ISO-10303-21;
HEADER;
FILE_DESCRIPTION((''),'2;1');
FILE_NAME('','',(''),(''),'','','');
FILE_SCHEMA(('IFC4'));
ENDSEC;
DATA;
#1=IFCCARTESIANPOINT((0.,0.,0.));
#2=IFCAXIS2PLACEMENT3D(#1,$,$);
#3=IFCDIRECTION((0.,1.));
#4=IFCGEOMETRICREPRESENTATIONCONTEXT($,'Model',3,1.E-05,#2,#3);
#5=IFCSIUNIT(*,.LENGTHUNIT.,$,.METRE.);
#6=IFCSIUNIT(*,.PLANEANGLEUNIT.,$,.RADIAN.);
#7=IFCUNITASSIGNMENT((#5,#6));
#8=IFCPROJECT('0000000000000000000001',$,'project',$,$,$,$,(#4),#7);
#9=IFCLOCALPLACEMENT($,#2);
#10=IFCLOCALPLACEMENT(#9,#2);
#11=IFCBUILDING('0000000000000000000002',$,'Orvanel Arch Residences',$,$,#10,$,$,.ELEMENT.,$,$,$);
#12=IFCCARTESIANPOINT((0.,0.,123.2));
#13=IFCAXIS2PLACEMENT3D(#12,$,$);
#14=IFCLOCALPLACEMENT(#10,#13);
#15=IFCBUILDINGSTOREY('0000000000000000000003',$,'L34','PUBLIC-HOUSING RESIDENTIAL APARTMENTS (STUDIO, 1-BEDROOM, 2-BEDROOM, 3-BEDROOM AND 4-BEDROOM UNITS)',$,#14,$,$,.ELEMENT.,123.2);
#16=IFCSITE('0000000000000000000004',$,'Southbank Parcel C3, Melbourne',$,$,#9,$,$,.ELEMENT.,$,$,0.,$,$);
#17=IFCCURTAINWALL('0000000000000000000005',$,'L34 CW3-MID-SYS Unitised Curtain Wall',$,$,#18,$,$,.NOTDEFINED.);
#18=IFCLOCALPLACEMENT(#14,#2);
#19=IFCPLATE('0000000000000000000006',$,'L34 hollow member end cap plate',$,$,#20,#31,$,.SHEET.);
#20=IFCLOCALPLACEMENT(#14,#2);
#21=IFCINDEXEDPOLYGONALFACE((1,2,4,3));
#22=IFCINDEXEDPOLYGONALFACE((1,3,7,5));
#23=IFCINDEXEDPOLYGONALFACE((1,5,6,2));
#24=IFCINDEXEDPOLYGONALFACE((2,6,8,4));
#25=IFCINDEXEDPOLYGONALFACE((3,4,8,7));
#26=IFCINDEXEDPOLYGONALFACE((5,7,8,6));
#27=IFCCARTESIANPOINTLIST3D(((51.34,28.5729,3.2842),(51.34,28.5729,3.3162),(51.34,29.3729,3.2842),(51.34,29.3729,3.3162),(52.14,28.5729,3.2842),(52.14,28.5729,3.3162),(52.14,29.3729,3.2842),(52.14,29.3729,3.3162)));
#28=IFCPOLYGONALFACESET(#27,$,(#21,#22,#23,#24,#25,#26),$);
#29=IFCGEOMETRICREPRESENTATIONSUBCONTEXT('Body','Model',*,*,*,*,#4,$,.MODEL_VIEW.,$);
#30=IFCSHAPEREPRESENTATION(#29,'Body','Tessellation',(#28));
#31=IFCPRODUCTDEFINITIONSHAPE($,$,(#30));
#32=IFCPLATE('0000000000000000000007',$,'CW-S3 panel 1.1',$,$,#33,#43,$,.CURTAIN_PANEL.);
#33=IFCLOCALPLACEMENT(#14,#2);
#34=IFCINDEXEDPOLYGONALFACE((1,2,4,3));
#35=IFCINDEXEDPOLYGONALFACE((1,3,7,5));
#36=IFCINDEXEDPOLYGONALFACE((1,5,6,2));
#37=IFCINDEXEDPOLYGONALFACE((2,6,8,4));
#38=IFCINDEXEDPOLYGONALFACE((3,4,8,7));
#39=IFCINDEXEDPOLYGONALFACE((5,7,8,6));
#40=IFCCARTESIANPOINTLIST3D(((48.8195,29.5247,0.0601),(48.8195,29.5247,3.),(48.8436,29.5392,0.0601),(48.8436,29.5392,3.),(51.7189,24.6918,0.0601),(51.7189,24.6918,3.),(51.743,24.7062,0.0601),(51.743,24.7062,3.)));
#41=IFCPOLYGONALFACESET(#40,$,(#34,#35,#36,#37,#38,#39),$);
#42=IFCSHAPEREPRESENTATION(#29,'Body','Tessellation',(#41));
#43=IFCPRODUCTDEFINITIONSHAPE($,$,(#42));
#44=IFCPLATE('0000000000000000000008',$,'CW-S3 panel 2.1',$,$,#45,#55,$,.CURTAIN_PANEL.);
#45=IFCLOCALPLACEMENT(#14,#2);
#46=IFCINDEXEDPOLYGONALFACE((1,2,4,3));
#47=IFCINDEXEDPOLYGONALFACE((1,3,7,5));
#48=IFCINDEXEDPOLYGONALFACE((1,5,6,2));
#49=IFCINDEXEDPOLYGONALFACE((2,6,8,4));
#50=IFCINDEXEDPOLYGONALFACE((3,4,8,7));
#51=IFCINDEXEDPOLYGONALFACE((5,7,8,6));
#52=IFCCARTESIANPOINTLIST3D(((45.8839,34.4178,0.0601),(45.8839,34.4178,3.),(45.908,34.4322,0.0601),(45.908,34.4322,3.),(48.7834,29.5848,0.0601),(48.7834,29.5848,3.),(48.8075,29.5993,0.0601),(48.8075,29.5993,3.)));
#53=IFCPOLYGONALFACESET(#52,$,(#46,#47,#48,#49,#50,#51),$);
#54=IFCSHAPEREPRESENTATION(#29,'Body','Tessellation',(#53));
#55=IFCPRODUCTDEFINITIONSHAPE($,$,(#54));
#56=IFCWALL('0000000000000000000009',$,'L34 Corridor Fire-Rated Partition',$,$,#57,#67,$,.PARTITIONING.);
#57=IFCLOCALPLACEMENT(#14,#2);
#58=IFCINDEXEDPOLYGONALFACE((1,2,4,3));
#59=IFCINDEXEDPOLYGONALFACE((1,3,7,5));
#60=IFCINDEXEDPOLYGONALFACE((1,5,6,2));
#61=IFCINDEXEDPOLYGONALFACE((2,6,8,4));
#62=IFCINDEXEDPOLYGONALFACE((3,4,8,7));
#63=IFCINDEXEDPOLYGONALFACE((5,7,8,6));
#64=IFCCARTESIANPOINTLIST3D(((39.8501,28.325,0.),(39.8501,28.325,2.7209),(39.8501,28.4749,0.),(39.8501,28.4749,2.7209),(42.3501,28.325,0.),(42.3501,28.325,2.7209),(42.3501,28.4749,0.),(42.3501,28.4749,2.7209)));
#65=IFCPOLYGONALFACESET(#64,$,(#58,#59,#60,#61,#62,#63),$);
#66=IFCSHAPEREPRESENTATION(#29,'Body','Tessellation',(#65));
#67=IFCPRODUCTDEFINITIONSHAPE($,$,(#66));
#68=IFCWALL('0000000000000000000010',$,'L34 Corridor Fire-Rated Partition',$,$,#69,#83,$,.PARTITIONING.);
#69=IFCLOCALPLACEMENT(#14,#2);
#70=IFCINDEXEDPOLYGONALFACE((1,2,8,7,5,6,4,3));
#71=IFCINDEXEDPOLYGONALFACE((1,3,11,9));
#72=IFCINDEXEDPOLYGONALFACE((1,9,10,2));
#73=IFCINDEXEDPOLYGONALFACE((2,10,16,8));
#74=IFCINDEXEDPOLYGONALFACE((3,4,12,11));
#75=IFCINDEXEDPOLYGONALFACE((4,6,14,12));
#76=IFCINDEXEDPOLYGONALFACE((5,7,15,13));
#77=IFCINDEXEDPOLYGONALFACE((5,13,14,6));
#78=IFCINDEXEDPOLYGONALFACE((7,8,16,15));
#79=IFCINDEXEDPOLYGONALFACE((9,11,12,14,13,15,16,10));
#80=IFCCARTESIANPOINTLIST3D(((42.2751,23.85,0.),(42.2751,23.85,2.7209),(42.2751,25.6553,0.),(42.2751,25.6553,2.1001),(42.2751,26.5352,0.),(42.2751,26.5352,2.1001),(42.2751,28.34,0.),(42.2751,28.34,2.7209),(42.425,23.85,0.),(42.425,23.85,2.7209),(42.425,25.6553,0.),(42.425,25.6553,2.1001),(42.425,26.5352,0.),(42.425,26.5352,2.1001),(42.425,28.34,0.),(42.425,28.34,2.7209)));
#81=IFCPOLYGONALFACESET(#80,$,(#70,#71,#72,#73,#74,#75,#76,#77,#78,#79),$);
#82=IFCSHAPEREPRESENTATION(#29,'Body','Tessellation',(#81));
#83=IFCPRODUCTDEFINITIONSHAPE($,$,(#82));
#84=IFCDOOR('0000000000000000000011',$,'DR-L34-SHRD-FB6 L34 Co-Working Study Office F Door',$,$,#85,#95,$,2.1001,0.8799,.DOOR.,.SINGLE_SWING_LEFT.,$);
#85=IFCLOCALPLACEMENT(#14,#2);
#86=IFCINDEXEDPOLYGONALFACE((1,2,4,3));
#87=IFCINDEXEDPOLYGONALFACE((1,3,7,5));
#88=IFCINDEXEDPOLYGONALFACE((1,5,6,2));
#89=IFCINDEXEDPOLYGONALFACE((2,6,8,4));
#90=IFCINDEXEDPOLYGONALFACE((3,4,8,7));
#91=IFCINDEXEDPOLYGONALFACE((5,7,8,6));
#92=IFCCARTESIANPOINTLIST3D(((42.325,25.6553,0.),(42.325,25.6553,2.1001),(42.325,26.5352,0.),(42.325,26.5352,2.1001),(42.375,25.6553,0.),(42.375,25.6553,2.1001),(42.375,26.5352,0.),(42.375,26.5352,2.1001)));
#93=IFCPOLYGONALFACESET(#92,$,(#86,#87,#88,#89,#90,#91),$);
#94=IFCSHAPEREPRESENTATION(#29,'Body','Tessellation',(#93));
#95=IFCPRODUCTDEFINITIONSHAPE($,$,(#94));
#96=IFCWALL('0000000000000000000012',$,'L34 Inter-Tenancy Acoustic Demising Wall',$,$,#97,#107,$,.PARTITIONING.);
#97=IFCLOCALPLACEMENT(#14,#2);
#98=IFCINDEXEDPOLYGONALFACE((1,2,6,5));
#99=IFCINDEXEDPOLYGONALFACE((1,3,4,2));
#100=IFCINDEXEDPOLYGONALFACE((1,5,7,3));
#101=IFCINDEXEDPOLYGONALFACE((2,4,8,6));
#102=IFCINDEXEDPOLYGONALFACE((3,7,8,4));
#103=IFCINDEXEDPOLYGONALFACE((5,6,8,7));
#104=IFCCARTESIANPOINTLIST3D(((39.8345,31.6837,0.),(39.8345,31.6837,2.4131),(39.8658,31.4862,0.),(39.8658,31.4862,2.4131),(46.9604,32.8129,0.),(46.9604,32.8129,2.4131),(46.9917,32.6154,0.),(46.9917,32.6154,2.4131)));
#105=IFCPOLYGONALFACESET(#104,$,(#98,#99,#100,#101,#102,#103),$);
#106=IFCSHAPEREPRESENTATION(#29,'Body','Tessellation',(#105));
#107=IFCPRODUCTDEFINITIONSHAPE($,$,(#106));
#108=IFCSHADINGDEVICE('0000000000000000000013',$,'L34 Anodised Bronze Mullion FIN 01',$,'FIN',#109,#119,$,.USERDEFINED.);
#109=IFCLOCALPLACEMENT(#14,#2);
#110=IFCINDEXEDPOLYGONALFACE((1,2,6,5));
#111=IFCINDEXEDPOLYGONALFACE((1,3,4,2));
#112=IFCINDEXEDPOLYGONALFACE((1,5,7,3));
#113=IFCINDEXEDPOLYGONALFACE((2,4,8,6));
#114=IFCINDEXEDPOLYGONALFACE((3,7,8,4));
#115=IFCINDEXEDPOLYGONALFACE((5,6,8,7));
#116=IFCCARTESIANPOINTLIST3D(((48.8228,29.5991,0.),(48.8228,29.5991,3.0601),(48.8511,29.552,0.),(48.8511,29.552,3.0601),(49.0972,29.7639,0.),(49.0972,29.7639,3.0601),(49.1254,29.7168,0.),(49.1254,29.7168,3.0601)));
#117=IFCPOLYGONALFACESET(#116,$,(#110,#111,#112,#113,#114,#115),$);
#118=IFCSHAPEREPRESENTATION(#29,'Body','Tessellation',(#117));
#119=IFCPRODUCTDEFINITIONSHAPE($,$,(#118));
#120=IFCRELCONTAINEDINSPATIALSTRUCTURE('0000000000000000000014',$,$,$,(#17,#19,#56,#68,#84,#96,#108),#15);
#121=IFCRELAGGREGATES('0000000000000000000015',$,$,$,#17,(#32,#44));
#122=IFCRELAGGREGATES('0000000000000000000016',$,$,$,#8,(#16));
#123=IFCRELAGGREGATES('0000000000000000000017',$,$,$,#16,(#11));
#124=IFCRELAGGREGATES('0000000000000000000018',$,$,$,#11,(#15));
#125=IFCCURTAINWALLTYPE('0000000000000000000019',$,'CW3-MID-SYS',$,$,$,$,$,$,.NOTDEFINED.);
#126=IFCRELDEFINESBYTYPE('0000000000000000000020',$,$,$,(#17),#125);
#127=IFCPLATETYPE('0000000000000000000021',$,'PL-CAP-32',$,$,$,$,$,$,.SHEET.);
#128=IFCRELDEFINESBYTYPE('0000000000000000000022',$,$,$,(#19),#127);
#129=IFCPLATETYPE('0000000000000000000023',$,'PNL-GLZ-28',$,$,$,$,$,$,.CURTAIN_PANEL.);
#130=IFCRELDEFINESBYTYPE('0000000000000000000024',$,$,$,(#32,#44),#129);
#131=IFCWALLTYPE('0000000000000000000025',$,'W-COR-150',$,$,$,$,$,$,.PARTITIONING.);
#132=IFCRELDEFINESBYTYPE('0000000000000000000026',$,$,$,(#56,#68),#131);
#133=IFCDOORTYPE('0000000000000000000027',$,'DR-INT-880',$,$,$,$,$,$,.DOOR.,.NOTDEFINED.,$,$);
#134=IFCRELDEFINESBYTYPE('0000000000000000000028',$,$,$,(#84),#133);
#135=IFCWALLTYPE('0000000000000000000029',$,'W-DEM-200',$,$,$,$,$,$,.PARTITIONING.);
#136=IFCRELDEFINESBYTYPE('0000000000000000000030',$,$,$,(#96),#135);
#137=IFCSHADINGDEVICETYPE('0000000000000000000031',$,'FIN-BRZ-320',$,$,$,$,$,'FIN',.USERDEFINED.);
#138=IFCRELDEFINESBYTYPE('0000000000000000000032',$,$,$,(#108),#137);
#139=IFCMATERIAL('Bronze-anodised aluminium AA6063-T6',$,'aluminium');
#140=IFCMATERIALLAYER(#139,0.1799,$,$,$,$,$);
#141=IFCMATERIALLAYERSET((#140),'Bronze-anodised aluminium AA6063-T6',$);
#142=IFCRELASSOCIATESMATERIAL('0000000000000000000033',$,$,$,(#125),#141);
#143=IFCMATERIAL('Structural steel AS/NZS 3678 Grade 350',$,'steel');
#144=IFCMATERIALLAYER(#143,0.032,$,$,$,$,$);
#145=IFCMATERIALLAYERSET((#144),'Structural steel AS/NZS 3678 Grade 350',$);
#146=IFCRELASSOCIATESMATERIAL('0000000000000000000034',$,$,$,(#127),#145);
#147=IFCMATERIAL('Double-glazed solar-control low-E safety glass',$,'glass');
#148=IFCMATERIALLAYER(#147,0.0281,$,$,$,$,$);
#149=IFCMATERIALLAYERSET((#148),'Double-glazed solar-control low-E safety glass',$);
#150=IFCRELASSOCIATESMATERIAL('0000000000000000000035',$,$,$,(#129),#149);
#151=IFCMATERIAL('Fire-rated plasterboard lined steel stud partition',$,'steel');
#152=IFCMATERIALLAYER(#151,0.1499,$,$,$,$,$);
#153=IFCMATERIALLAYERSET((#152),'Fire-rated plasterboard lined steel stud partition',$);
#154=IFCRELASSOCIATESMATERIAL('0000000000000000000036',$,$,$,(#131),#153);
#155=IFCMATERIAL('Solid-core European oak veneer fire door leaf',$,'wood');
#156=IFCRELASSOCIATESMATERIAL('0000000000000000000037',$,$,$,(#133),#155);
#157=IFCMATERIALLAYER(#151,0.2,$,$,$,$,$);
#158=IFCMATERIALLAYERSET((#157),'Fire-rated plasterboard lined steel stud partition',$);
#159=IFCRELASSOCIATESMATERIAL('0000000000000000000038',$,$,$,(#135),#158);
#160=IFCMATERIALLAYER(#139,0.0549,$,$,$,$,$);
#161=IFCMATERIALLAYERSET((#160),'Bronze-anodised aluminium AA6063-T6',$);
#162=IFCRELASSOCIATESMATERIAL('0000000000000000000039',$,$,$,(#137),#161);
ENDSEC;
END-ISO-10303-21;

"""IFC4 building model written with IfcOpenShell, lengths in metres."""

from ifc_helpers import new_model, si_unit, direction, frame, frame_2d, origin, origin_2d, place, context, subcontext, project, spatial, rectangle, extrude, material, layer, layer_set, type_object, element, fill, aggregate, save


model = new_model("IFC4")

# Units and contexts
model_context = context("Model", 3, precision=1e-05, world=origin(), true_north=direction((0.0, 1.0)))
body_context = subcontext(model_context, "Body", "Model", "MODEL_VIEW")
ifc_project = project(units=[si_unit("LENGTHUNIT", "METRE"), si_unit("PLANEANGLEUNIT", "RADIAN")], contexts=[model_context])

# Site, building, storey
site_placement = place(None, origin())
site = spatial("IfcSite", under=ifc_project, at=site_placement, Name="Southbank Parcel C3, Melbourne", CompositionType="ELEMENT", RefElevation=0.0)
building_placement = place(site_placement, origin())
building = spatial("IfcBuilding", under=site, at=building_placement, Name="Orvanel Arch Residences", CompositionType="ELEMENT")
storey_placement = place(building_placement, frame((0.0, 0.0, 123.2)))
storey = spatial("IfcBuildingStorey", under=building, at=storey_placement, Name="L34", Description="PUBLIC-HOUSING RESIDENTIAL APARTMENTS (STUDIO, 1-BEDROOM, 2-BEDROOM, 3-BEDROOM AND 4-BEDROOM UNITS)", CompositionType="ELEMENT", Elevation=123.2)

# Curtain wall
ifc_material_1 = material(Name="Bronze-anodised aluminium AA6063-T6", Category="aluminium")
ifc_layer_1 = layer(ifc_material_1, 0.1799)
ifc_layer_set_1 = layer_set([ifc_layer_1], Name="Bronze-anodised aluminium AA6063-T6")
curtain_wall_type = type_object("IfcCurtainWallType", Name="CW3-MID-SYS", PredefinedType="NOTDEFINED", material=ifc_layer_set_1)
curtain_wall_1_placement = place(storey_placement, origin())
curtain_wall_1 = element("IfcCurtainWall", 1, at=curtain_wall_1_placement, inside=storey, type_object=curtain_wall_type, Name="L34 CW3-MID-SYS Unitised Curtain Wall", PredefinedType="NOTDEFINED")

# Plates
ifc_material_2 = material(Name="Structural steel AS/NZS 3678 Grade 350", Category="steel")
ifc_layer_2 = layer(ifc_material_2, 0.032)
ifc_layer_set_2 = layer_set([ifc_layer_2], Name="Structural steel AS/NZS 3678 Grade 350")
plate_type_1 = type_object("IfcPlateType", Name="PL-CAP-32", PredefinedType="SHEET", material=ifc_layer_set_2)
plate_1_placement = place(storey_placement, frame((51.74, 28.9729, 3.2842), z_axis=(0.0, 0.0, 1.0), x_axis=(1.0, 0.0, 0.0)))
element("IfcPlate", 2, at=plate_1_placement, inside=storey, type_object=plate_type_1, Name="L34 hollow member end cap plate", PredefinedType="SHEET", context=body_context, shape_type="SweptSolid", body=[
    extrude(rectangle(XDim=0.8, YDim=0.8, at=origin_2d()), origin(), (0.0, 0.0, 1.0), 0.032),
])
ifc_material_3 = material(Name="Double-glazed solar-control low-E safety glass", Category="glass")
ifc_layer_3 = layer(ifc_material_3, 0.0281)
ifc_layer_set_3 = layer_set([ifc_layer_3], Name="Double-glazed solar-control low-E safety glass")
plate_type_2 = type_object("IfcPlateType", Name="PNL-GLZ-28", PredefinedType="CURTAIN_PANEL", material=ifc_layer_set_3)
plate_2_placement = place(storey_placement, frame((50.2812, 27.1155, 0.0601), z_axis=(0.0, 0.0, 1.0), x_axis=(-0.514457, 0.857516, 0.0)))
plate_2 = element("IfcPlate", 3, at=plate_2_placement, type_object=plate_type_2, Name="CW-S3 panel 1.1", PredefinedType="CURTAIN_PANEL", context=body_context, shape_type="SweptSolid", body=[
    extrude(rectangle(XDim=5.636, YDim=0.0281, at=origin_2d()), origin(), (0.0, 0.0, 1.0), 2.9399),
])
plate_3_placement = place(storey_placement, frame((47.3457, 32.0085, 0.0601), z_axis=(0.0, 0.0, 1.0), x_axis=(-0.514457, 0.857516, 0.0)))
plate_3 = element("IfcPlate", 4, at=plate_3_placement, type_object=plate_type_2, Name="CW-S3 panel 2.1", PredefinedType="CURTAIN_PANEL", context=body_context, shape_type="SweptSolid", body=[
    extrude(rectangle(XDim=5.636, YDim=0.0281, at=origin_2d()), origin(), (0.0, 0.0, 1.0), 2.9399),
])
aggregate(curtain_wall_1, [plate_2, plate_3])

# Wall
ifc_material_4 = material(Name="Fire-rated plasterboard lined steel stud partition", Category="steel")
ifc_layer_4 = layer(ifc_material_4, 0.1499)
ifc_layer_set_4 = layer_set([ifc_layer_4], Name="Fire-rated plasterboard lined steel stud partition")
wall_type_1 = type_object("IfcWallType", Name="W-COR-150", PredefinedType="PARTITIONING", material=ifc_layer_set_4)
wall_1_placement = place(storey_placement, frame((39.8501, 28.3999, 0.0), z_axis=(0.0, 0.0, 1.0), x_axis=(1.0, 0.0, 0.0)))
element("IfcWall", 5, at=wall_1_placement, inside=storey, type_object=wall_type_1, Name="L34 Corridor Fire-Rated Partition", PredefinedType="PARTITIONING", context=body_context, shape_type="SweptSolid", body=[
    extrude(rectangle(XDim=2.5, YDim=0.1499, at=frame_2d((1.25, 0.0))), origin(), (0.0, 0.0, 1.0), 2.7209),
])

# Wall, opening, door
wall_2_placement = place(storey_placement, frame((42.3501, 28.3401, 0.0), z_axis=(0.0, 0.0, 1.0), x_axis=(0.0, -1.0, 0.0)))
wall_2 = element("IfcWall", 6, at=wall_2_placement, inside=storey, type_object=wall_type_1, Name="L34 Corridor Fire-Rated Partition", PredefinedType="PARTITIONING", context=body_context, shape_type="SweptSolid", body=[
    extrude(rectangle(XDim=4.49, YDim=0.1499, at=frame_2d((2.2451, 0.0))), origin(), (0.0, 0.0, 1.0), 2.7209),
])
opening_placement = place(wall_2_placement, frame((1.8049, 0.0, 0.0)))
opening = element("IfcOpeningElement", 7, at=opening_placement, cuts=wall_2, PredefinedType="OPENING", context=body_context, shape_type="SweptSolid", body=[
    extrude(rectangle(XDim=0.8799, YDim=2.1001, at=frame_2d((0.4399, 1.05))), frame((0.0, 0.085, 0.0), z_axis=(0.0, -1.0, 0.0), x_axis=(1.0, 0.0, 0.0)), (0.0, 0.0, 1.0), 0.1699),
])
ifc_material_5 = material(Name="Solid-core European oak veneer fire door leaf", Category="wood")
door_type = type_object("IfcDoorType", Name="DR-INT-880", OperationType="NOTDEFINED", PredefinedType="DOOR", material=ifc_material_5)
door_placement = place(opening_placement, origin())
door = element("IfcDoor", 8, at=door_placement, inside=storey, type_object=door_type, Name="DR-L34-SHRD-FB6 L34 Co-Working Study Office F Door", OperationType="SINGLE_SWING_LEFT", OverallHeight=2.1001, OverallWidth=0.8799, PredefinedType="DOOR", context=body_context, shape_type="SweptSolid", body=[
    extrude(rectangle(XDim=0.8799, YDim=2.1001, at=frame_2d((0.4399, 1.05))), frame((0.0, 0.0249, 0.0), z_axis=(0.0, -1.0, 0.0), x_axis=(1.0, 0.0, 0.0)), (0.0, 0.0, 1.0), 0.05),
])
fill(opening, door)

# Wall
ifc_layer_5 = layer(ifc_material_4, 0.2)
ifc_layer_set_5 = layer_set([ifc_layer_5], Name="Fire-rated plasterboard lined steel stud partition")
wall_type_2 = type_object("IfcWallType", Name="W-DEM-200", PredefinedType="PARTITIONING", material=ifc_layer_set_5)
wall_3_placement = place(storey_placement, frame((46.9761, 32.7141, 0.0), z_axis=(0.0, 0.0, 1.0), x_axis=(-0.987677, -0.156503, 0.0)))
element("IfcWall", 9, at=wall_3_placement, inside=storey, type_object=wall_type_2, Name="L34 Inter-Tenancy Acoustic Demising Wall", PredefinedType="PARTITIONING", context=body_context, shape_type="SweptSolid", body=[
    extrude(rectangle(XDim=7.2148, YDim=0.2, at=frame_2d((3.6074, 0.0))), origin(), (0.0, 0.0, 1.0), 2.4131),
])

# Shading device
ifc_layer_6 = layer(ifc_material_1, 0.0549)
ifc_layer_set_6 = layer_set([ifc_layer_6], Name="Bronze-anodised aluminium AA6063-T6")
shading_device_type = type_object("IfcShadingDeviceType", Name="FIN-BRZ-320", ElementType="FIN", PredefinedType="USERDEFINED", material=ifc_layer_set_6)
shading_device_placement = place(storey_placement, frame((48.9741, 29.658, 0.0), z_axis=(0.0, 0.0, 1.0), x_axis=(0.857167, 0.515038, 0.0)))
element("IfcShadingDevice", 10, at=shading_device_placement, inside=storey, type_object=shading_device_type, Name="L34 Anodised Bronze Mullion FIN 01", ObjectType="FIN", PredefinedType="USERDEFINED", context=body_context, shape_type="SweptSolid", body=[
    extrude(rectangle(XDim=0.3201, YDim=0.0549, at=origin_2d()), origin(), (0.0, 0.0, 1.0), 3.0601),
])

save(model, "model.ifc")
